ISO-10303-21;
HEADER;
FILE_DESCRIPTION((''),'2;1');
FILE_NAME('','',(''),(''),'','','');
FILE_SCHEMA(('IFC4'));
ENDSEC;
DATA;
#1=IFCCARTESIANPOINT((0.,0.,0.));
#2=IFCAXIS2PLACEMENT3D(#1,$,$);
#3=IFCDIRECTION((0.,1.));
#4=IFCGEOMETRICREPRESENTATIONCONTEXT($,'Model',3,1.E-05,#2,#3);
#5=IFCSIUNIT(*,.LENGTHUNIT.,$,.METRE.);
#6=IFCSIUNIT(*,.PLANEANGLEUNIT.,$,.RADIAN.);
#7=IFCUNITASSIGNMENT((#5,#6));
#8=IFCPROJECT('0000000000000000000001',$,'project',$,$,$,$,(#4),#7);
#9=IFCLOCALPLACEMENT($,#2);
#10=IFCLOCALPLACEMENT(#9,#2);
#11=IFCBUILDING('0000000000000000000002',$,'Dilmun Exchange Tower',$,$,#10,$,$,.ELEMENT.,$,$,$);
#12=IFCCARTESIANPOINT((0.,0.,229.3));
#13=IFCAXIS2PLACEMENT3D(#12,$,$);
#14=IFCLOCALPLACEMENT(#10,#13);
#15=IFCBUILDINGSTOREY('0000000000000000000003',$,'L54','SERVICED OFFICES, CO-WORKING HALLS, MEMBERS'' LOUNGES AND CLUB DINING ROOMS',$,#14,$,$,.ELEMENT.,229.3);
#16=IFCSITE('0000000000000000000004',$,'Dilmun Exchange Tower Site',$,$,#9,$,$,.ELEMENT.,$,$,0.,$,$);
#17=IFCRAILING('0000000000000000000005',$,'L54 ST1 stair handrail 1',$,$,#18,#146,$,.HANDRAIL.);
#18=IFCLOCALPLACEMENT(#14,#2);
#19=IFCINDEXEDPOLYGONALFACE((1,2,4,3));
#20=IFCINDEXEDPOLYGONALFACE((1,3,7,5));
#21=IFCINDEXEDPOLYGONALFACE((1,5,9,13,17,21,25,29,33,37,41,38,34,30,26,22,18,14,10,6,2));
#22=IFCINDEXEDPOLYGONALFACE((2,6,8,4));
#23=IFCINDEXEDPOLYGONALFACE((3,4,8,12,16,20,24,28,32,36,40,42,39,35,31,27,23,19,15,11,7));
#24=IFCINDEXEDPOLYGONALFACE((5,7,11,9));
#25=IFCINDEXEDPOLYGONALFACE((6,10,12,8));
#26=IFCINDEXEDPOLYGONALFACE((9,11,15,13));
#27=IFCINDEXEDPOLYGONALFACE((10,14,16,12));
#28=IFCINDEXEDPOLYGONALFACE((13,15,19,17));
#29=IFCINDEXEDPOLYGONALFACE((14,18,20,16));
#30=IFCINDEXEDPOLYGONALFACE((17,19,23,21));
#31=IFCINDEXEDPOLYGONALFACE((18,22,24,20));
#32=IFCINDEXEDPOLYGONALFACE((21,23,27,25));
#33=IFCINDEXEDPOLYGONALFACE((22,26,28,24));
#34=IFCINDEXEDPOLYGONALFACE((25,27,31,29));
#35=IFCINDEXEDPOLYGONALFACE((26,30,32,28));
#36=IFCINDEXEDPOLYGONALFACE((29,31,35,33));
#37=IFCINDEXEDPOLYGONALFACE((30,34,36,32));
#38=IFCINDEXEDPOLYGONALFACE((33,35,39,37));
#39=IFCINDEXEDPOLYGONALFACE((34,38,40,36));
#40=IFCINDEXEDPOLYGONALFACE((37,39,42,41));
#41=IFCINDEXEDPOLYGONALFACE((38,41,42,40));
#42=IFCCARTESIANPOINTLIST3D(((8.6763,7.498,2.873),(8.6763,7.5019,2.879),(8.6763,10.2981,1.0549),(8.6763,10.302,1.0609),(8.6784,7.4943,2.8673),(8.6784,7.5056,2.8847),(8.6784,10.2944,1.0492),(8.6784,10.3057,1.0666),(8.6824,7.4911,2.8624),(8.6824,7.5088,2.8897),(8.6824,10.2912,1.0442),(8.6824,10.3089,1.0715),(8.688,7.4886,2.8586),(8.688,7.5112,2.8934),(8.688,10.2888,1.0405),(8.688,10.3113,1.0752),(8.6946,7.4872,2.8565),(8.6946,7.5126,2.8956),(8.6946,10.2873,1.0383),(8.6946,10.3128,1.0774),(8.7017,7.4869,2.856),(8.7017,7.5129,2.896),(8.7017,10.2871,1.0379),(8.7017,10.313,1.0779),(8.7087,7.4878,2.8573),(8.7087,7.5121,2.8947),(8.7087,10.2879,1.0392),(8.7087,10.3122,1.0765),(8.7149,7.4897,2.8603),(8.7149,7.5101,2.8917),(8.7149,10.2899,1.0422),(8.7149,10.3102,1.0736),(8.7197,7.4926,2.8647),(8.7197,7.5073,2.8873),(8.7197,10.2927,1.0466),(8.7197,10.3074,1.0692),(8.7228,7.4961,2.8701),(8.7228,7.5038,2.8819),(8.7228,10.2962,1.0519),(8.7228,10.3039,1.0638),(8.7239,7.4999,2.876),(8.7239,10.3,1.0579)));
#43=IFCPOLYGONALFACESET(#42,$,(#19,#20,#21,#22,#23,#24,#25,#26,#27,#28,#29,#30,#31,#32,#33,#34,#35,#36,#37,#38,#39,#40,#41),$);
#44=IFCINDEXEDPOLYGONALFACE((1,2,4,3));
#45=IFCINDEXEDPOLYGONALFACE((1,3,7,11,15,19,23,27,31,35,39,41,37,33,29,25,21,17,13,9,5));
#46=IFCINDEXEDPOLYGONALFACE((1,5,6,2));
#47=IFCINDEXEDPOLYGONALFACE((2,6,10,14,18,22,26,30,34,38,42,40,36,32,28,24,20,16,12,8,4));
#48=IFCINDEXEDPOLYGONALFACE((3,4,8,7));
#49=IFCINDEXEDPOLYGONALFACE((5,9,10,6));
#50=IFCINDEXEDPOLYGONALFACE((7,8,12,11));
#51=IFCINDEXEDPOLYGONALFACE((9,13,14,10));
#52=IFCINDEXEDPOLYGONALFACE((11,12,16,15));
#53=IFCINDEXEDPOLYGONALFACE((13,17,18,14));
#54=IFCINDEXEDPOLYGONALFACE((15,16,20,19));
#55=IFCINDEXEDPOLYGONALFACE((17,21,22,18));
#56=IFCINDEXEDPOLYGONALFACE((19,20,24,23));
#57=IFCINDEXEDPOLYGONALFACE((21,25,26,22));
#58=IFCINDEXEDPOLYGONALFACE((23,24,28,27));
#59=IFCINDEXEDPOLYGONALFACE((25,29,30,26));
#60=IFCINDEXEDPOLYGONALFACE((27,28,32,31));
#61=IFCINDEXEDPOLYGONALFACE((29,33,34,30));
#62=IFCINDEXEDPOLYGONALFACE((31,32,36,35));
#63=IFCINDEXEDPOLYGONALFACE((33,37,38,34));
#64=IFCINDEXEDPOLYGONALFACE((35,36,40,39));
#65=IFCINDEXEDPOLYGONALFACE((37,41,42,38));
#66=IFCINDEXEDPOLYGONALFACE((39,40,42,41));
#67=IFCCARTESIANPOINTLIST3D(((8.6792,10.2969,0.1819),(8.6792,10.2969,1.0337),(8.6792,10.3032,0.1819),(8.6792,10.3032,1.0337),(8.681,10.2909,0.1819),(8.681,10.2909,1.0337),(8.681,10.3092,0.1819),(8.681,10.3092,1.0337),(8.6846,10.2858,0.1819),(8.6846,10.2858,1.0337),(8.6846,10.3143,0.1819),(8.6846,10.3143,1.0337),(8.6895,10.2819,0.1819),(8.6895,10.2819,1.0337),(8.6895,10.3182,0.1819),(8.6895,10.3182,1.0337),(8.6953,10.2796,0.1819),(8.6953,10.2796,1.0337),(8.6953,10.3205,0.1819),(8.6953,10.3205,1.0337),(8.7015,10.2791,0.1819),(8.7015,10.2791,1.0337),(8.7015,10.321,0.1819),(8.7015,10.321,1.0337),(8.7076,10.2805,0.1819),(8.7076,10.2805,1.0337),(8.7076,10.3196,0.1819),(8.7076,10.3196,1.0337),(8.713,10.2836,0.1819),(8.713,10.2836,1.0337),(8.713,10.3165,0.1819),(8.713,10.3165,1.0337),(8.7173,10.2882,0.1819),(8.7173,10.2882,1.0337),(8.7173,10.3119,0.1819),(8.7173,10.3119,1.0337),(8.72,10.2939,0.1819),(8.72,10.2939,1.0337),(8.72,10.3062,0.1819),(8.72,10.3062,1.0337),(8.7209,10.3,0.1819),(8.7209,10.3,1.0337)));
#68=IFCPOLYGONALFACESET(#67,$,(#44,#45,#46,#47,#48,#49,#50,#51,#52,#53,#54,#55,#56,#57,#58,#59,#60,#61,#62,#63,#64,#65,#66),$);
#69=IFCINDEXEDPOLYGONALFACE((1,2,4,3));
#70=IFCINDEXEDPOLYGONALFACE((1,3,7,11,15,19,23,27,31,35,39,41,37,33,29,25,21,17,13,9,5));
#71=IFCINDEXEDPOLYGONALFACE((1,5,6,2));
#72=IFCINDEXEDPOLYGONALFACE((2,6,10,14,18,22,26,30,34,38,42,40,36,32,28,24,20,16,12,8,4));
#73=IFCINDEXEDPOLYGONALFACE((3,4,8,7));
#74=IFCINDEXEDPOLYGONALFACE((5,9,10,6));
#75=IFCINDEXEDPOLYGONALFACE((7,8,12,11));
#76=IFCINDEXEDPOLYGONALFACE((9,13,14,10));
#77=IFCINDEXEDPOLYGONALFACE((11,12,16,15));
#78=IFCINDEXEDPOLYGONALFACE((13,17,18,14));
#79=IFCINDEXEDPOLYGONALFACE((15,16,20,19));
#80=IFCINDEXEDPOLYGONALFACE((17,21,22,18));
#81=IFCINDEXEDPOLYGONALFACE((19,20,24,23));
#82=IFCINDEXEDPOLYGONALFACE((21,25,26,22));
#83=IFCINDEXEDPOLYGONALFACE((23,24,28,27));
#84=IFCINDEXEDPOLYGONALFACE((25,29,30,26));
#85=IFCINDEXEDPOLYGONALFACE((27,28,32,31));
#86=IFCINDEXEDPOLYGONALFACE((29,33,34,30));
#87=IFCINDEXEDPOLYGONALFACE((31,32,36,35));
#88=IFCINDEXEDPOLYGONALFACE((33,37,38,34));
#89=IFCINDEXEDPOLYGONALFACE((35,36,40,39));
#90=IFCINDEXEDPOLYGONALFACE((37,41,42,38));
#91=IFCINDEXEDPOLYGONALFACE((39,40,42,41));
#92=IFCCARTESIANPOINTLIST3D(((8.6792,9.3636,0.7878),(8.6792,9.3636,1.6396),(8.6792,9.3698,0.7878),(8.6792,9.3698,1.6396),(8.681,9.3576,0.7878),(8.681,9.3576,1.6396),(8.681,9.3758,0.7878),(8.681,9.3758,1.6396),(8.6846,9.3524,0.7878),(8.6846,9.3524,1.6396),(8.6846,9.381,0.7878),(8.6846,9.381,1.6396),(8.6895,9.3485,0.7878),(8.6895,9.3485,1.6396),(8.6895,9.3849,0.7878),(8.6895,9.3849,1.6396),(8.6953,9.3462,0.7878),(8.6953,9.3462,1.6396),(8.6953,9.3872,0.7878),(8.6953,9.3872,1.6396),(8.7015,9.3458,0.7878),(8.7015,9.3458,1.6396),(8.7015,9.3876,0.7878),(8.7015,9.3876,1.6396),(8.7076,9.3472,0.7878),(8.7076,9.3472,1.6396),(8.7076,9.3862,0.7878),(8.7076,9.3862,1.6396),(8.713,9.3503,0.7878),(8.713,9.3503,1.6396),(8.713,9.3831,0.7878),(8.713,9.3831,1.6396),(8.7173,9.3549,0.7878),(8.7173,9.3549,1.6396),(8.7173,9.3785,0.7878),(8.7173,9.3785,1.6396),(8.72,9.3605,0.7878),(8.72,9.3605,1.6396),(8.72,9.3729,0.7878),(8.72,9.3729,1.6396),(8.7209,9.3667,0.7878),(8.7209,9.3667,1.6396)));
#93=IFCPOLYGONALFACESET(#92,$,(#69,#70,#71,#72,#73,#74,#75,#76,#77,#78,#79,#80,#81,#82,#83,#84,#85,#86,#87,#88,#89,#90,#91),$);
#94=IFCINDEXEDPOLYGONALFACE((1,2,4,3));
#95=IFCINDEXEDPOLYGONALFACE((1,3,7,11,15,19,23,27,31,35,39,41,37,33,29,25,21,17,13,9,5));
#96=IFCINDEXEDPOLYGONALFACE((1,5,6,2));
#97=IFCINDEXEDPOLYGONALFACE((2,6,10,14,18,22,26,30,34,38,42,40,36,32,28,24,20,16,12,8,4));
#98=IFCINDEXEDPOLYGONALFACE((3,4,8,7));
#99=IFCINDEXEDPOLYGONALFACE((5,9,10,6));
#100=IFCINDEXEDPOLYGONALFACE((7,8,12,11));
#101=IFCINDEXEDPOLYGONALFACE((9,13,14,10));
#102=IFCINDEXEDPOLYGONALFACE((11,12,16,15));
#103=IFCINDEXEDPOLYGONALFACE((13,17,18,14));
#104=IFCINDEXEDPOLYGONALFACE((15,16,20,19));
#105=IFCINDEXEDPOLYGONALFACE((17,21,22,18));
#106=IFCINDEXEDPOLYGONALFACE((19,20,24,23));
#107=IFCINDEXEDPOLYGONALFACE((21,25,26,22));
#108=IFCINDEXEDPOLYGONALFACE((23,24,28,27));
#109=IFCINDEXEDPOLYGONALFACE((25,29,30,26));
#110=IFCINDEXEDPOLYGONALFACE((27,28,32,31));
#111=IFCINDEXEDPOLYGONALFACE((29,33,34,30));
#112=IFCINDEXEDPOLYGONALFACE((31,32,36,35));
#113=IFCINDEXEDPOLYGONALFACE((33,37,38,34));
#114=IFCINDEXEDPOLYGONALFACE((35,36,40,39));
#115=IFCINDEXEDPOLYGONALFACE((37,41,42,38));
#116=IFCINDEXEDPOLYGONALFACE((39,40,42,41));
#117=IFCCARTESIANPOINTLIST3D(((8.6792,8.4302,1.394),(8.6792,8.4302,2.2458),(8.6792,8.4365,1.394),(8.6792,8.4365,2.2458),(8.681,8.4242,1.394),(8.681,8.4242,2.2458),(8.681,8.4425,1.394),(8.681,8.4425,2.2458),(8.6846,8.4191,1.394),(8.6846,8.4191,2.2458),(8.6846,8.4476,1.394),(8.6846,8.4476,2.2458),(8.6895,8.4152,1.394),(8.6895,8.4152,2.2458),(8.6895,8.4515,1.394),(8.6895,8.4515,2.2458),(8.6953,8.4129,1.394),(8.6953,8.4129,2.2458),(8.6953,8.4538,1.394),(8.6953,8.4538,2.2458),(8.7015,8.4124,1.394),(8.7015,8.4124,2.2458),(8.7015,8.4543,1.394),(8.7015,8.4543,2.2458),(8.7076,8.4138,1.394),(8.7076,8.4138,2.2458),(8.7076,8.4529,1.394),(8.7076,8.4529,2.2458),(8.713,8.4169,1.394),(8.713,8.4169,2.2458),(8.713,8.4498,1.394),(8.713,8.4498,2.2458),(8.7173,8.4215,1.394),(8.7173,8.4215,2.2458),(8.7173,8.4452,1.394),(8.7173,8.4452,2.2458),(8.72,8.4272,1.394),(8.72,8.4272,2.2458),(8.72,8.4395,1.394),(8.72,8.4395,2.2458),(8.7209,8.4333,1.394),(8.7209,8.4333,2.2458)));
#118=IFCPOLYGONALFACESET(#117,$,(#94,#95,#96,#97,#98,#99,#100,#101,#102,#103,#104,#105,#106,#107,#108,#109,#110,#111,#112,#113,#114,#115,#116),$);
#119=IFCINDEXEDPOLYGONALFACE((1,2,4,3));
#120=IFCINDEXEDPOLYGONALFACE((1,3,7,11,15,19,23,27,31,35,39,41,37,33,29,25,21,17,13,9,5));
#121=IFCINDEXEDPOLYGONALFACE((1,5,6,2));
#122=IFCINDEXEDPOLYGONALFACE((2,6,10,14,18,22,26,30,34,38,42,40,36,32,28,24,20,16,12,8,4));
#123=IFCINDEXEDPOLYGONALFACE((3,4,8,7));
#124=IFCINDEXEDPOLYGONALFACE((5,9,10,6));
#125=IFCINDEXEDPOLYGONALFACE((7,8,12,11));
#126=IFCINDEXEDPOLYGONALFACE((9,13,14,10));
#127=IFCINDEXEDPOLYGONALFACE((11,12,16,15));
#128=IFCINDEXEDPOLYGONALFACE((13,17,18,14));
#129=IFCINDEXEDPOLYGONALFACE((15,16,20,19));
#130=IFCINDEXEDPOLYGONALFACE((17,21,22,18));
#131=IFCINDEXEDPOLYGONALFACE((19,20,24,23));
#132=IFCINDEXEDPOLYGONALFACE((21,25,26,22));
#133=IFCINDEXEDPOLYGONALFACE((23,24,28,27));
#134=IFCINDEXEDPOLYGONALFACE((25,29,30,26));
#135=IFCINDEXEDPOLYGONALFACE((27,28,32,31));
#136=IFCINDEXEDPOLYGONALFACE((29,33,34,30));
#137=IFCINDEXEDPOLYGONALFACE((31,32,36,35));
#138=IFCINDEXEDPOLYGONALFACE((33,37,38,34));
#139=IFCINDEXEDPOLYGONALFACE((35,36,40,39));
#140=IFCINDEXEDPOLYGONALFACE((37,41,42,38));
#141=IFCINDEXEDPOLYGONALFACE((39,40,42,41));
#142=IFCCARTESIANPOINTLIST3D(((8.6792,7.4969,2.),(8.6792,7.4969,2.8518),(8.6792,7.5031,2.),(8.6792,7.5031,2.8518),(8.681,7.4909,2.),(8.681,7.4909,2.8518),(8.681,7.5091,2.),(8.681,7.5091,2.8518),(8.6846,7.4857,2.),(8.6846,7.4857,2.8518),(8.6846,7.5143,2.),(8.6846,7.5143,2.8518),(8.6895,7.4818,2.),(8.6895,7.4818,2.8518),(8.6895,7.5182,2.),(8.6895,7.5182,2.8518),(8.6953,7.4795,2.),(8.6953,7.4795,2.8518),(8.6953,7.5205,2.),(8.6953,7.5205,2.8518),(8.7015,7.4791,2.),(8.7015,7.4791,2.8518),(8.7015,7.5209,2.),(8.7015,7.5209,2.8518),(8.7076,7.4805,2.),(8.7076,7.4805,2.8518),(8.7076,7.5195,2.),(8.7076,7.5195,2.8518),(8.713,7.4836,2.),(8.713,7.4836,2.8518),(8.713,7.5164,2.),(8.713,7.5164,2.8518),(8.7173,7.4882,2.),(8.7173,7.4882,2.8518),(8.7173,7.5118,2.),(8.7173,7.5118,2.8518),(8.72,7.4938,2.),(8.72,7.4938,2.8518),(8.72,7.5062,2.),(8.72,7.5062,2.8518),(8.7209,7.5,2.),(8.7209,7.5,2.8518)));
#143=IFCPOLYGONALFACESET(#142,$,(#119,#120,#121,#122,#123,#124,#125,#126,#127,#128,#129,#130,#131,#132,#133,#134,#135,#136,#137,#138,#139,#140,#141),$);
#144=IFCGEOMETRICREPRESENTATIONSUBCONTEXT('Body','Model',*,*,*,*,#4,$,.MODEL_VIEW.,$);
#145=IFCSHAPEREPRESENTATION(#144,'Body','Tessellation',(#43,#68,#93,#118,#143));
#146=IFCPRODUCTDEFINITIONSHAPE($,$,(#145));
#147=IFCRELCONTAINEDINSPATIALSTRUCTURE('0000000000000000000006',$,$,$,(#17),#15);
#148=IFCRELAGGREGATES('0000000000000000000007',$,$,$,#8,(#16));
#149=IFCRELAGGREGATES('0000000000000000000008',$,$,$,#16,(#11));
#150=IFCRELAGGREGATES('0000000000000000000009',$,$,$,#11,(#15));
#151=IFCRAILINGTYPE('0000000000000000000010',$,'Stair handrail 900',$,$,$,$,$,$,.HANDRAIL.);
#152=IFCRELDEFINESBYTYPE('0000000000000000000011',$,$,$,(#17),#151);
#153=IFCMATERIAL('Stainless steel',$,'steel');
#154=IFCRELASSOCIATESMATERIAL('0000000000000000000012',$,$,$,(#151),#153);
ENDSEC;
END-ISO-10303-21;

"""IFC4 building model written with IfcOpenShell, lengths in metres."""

from ifc_helpers import new_model, si_unit, direction, frame, origin, origin_2d, place, context, subcontext, project, spatial, circle, extrude, material, type_object, element, save


model = new_model("IFC4")

# Units and contexts
model_context = context("Model", 3, precision=1e-05, world=origin(), true_north=direction((0.0, 1.0)))
body_context = subcontext(model_context, "Body", "Model", "MODEL_VIEW")
ifc_project = project(units=[si_unit("LENGTHUNIT", "METRE"), si_unit("PLANEANGLEUNIT", "RADIAN")], contexts=[model_context])

# Site, building, storey
site_placement = place(None, origin())
site = spatial("IfcSite", under=ifc_project, at=site_placement, Name="Dilmun Exchange Tower Site", CompositionType="ELEMENT", RefElevation=0.0)
building_placement = place(site_placement, origin())
building = spatial("IfcBuilding", under=site, at=building_placement, Name="Dilmun Exchange Tower", CompositionType="ELEMENT")
storey_placement = place(building_placement, frame((0.0, 0.0, 229.3)))
storey = spatial("IfcBuildingStorey", under=building, at=storey_placement, Name="L54", Description="SERVICED OFFICES, CO-WORKING HALLS, MEMBERS' LOUNGES AND CLUB DINING ROOMS", CompositionType="ELEMENT", Elevation=229.3)

# Railing
ifc_material_1 = material(Name="Stainless steel", Category="steel")
railing_type = type_object("IfcRailingType", Name="Stair handrail 900", PredefinedType="HANDRAIL", material=ifc_material_1)
railing_placement = place(storey_placement, frame((8.7, 10.3, 0.1819)))
element("IfcRailing", 1, at=railing_placement, inside=storey, type_object=railing_type, Name="L54 ST1 stair handrail 1", PredefinedType="HANDRAIL", context=body_context, shape_type="SweptSolid", body=[
    extrude(circle(Radius=0.0239, at=origin_2d()), frame((0.0, 0.0, 0.876), z_axis=(0.0, -0.838706, 0.544585), x_axis=(1.0, 0.0, 0.0)), (0.0, 0.0, 1.0), 3.3386),
    extrude(circle(Radius=0.021, at=origin_2d()), origin(), (0.0, 0.0, 1.0), 0.8518),
    extrude(circle(Radius=0.021, at=origin_2d()), frame((0.0, -0.9333, 0.606)), (0.0, 0.0, 1.0), 0.8518),
    extrude(circle(Radius=0.021, at=origin_2d()), frame((0.0, -1.8667, 1.2122)), (0.0, 0.0, 1.0), 0.8518),
    extrude(circle(Radius=0.021, at=origin_2d()), frame((0.0, -2.8, 1.8181)), (0.0, 0.0, 1.0), 0.8518),
])

save(model, "model.ifc")
